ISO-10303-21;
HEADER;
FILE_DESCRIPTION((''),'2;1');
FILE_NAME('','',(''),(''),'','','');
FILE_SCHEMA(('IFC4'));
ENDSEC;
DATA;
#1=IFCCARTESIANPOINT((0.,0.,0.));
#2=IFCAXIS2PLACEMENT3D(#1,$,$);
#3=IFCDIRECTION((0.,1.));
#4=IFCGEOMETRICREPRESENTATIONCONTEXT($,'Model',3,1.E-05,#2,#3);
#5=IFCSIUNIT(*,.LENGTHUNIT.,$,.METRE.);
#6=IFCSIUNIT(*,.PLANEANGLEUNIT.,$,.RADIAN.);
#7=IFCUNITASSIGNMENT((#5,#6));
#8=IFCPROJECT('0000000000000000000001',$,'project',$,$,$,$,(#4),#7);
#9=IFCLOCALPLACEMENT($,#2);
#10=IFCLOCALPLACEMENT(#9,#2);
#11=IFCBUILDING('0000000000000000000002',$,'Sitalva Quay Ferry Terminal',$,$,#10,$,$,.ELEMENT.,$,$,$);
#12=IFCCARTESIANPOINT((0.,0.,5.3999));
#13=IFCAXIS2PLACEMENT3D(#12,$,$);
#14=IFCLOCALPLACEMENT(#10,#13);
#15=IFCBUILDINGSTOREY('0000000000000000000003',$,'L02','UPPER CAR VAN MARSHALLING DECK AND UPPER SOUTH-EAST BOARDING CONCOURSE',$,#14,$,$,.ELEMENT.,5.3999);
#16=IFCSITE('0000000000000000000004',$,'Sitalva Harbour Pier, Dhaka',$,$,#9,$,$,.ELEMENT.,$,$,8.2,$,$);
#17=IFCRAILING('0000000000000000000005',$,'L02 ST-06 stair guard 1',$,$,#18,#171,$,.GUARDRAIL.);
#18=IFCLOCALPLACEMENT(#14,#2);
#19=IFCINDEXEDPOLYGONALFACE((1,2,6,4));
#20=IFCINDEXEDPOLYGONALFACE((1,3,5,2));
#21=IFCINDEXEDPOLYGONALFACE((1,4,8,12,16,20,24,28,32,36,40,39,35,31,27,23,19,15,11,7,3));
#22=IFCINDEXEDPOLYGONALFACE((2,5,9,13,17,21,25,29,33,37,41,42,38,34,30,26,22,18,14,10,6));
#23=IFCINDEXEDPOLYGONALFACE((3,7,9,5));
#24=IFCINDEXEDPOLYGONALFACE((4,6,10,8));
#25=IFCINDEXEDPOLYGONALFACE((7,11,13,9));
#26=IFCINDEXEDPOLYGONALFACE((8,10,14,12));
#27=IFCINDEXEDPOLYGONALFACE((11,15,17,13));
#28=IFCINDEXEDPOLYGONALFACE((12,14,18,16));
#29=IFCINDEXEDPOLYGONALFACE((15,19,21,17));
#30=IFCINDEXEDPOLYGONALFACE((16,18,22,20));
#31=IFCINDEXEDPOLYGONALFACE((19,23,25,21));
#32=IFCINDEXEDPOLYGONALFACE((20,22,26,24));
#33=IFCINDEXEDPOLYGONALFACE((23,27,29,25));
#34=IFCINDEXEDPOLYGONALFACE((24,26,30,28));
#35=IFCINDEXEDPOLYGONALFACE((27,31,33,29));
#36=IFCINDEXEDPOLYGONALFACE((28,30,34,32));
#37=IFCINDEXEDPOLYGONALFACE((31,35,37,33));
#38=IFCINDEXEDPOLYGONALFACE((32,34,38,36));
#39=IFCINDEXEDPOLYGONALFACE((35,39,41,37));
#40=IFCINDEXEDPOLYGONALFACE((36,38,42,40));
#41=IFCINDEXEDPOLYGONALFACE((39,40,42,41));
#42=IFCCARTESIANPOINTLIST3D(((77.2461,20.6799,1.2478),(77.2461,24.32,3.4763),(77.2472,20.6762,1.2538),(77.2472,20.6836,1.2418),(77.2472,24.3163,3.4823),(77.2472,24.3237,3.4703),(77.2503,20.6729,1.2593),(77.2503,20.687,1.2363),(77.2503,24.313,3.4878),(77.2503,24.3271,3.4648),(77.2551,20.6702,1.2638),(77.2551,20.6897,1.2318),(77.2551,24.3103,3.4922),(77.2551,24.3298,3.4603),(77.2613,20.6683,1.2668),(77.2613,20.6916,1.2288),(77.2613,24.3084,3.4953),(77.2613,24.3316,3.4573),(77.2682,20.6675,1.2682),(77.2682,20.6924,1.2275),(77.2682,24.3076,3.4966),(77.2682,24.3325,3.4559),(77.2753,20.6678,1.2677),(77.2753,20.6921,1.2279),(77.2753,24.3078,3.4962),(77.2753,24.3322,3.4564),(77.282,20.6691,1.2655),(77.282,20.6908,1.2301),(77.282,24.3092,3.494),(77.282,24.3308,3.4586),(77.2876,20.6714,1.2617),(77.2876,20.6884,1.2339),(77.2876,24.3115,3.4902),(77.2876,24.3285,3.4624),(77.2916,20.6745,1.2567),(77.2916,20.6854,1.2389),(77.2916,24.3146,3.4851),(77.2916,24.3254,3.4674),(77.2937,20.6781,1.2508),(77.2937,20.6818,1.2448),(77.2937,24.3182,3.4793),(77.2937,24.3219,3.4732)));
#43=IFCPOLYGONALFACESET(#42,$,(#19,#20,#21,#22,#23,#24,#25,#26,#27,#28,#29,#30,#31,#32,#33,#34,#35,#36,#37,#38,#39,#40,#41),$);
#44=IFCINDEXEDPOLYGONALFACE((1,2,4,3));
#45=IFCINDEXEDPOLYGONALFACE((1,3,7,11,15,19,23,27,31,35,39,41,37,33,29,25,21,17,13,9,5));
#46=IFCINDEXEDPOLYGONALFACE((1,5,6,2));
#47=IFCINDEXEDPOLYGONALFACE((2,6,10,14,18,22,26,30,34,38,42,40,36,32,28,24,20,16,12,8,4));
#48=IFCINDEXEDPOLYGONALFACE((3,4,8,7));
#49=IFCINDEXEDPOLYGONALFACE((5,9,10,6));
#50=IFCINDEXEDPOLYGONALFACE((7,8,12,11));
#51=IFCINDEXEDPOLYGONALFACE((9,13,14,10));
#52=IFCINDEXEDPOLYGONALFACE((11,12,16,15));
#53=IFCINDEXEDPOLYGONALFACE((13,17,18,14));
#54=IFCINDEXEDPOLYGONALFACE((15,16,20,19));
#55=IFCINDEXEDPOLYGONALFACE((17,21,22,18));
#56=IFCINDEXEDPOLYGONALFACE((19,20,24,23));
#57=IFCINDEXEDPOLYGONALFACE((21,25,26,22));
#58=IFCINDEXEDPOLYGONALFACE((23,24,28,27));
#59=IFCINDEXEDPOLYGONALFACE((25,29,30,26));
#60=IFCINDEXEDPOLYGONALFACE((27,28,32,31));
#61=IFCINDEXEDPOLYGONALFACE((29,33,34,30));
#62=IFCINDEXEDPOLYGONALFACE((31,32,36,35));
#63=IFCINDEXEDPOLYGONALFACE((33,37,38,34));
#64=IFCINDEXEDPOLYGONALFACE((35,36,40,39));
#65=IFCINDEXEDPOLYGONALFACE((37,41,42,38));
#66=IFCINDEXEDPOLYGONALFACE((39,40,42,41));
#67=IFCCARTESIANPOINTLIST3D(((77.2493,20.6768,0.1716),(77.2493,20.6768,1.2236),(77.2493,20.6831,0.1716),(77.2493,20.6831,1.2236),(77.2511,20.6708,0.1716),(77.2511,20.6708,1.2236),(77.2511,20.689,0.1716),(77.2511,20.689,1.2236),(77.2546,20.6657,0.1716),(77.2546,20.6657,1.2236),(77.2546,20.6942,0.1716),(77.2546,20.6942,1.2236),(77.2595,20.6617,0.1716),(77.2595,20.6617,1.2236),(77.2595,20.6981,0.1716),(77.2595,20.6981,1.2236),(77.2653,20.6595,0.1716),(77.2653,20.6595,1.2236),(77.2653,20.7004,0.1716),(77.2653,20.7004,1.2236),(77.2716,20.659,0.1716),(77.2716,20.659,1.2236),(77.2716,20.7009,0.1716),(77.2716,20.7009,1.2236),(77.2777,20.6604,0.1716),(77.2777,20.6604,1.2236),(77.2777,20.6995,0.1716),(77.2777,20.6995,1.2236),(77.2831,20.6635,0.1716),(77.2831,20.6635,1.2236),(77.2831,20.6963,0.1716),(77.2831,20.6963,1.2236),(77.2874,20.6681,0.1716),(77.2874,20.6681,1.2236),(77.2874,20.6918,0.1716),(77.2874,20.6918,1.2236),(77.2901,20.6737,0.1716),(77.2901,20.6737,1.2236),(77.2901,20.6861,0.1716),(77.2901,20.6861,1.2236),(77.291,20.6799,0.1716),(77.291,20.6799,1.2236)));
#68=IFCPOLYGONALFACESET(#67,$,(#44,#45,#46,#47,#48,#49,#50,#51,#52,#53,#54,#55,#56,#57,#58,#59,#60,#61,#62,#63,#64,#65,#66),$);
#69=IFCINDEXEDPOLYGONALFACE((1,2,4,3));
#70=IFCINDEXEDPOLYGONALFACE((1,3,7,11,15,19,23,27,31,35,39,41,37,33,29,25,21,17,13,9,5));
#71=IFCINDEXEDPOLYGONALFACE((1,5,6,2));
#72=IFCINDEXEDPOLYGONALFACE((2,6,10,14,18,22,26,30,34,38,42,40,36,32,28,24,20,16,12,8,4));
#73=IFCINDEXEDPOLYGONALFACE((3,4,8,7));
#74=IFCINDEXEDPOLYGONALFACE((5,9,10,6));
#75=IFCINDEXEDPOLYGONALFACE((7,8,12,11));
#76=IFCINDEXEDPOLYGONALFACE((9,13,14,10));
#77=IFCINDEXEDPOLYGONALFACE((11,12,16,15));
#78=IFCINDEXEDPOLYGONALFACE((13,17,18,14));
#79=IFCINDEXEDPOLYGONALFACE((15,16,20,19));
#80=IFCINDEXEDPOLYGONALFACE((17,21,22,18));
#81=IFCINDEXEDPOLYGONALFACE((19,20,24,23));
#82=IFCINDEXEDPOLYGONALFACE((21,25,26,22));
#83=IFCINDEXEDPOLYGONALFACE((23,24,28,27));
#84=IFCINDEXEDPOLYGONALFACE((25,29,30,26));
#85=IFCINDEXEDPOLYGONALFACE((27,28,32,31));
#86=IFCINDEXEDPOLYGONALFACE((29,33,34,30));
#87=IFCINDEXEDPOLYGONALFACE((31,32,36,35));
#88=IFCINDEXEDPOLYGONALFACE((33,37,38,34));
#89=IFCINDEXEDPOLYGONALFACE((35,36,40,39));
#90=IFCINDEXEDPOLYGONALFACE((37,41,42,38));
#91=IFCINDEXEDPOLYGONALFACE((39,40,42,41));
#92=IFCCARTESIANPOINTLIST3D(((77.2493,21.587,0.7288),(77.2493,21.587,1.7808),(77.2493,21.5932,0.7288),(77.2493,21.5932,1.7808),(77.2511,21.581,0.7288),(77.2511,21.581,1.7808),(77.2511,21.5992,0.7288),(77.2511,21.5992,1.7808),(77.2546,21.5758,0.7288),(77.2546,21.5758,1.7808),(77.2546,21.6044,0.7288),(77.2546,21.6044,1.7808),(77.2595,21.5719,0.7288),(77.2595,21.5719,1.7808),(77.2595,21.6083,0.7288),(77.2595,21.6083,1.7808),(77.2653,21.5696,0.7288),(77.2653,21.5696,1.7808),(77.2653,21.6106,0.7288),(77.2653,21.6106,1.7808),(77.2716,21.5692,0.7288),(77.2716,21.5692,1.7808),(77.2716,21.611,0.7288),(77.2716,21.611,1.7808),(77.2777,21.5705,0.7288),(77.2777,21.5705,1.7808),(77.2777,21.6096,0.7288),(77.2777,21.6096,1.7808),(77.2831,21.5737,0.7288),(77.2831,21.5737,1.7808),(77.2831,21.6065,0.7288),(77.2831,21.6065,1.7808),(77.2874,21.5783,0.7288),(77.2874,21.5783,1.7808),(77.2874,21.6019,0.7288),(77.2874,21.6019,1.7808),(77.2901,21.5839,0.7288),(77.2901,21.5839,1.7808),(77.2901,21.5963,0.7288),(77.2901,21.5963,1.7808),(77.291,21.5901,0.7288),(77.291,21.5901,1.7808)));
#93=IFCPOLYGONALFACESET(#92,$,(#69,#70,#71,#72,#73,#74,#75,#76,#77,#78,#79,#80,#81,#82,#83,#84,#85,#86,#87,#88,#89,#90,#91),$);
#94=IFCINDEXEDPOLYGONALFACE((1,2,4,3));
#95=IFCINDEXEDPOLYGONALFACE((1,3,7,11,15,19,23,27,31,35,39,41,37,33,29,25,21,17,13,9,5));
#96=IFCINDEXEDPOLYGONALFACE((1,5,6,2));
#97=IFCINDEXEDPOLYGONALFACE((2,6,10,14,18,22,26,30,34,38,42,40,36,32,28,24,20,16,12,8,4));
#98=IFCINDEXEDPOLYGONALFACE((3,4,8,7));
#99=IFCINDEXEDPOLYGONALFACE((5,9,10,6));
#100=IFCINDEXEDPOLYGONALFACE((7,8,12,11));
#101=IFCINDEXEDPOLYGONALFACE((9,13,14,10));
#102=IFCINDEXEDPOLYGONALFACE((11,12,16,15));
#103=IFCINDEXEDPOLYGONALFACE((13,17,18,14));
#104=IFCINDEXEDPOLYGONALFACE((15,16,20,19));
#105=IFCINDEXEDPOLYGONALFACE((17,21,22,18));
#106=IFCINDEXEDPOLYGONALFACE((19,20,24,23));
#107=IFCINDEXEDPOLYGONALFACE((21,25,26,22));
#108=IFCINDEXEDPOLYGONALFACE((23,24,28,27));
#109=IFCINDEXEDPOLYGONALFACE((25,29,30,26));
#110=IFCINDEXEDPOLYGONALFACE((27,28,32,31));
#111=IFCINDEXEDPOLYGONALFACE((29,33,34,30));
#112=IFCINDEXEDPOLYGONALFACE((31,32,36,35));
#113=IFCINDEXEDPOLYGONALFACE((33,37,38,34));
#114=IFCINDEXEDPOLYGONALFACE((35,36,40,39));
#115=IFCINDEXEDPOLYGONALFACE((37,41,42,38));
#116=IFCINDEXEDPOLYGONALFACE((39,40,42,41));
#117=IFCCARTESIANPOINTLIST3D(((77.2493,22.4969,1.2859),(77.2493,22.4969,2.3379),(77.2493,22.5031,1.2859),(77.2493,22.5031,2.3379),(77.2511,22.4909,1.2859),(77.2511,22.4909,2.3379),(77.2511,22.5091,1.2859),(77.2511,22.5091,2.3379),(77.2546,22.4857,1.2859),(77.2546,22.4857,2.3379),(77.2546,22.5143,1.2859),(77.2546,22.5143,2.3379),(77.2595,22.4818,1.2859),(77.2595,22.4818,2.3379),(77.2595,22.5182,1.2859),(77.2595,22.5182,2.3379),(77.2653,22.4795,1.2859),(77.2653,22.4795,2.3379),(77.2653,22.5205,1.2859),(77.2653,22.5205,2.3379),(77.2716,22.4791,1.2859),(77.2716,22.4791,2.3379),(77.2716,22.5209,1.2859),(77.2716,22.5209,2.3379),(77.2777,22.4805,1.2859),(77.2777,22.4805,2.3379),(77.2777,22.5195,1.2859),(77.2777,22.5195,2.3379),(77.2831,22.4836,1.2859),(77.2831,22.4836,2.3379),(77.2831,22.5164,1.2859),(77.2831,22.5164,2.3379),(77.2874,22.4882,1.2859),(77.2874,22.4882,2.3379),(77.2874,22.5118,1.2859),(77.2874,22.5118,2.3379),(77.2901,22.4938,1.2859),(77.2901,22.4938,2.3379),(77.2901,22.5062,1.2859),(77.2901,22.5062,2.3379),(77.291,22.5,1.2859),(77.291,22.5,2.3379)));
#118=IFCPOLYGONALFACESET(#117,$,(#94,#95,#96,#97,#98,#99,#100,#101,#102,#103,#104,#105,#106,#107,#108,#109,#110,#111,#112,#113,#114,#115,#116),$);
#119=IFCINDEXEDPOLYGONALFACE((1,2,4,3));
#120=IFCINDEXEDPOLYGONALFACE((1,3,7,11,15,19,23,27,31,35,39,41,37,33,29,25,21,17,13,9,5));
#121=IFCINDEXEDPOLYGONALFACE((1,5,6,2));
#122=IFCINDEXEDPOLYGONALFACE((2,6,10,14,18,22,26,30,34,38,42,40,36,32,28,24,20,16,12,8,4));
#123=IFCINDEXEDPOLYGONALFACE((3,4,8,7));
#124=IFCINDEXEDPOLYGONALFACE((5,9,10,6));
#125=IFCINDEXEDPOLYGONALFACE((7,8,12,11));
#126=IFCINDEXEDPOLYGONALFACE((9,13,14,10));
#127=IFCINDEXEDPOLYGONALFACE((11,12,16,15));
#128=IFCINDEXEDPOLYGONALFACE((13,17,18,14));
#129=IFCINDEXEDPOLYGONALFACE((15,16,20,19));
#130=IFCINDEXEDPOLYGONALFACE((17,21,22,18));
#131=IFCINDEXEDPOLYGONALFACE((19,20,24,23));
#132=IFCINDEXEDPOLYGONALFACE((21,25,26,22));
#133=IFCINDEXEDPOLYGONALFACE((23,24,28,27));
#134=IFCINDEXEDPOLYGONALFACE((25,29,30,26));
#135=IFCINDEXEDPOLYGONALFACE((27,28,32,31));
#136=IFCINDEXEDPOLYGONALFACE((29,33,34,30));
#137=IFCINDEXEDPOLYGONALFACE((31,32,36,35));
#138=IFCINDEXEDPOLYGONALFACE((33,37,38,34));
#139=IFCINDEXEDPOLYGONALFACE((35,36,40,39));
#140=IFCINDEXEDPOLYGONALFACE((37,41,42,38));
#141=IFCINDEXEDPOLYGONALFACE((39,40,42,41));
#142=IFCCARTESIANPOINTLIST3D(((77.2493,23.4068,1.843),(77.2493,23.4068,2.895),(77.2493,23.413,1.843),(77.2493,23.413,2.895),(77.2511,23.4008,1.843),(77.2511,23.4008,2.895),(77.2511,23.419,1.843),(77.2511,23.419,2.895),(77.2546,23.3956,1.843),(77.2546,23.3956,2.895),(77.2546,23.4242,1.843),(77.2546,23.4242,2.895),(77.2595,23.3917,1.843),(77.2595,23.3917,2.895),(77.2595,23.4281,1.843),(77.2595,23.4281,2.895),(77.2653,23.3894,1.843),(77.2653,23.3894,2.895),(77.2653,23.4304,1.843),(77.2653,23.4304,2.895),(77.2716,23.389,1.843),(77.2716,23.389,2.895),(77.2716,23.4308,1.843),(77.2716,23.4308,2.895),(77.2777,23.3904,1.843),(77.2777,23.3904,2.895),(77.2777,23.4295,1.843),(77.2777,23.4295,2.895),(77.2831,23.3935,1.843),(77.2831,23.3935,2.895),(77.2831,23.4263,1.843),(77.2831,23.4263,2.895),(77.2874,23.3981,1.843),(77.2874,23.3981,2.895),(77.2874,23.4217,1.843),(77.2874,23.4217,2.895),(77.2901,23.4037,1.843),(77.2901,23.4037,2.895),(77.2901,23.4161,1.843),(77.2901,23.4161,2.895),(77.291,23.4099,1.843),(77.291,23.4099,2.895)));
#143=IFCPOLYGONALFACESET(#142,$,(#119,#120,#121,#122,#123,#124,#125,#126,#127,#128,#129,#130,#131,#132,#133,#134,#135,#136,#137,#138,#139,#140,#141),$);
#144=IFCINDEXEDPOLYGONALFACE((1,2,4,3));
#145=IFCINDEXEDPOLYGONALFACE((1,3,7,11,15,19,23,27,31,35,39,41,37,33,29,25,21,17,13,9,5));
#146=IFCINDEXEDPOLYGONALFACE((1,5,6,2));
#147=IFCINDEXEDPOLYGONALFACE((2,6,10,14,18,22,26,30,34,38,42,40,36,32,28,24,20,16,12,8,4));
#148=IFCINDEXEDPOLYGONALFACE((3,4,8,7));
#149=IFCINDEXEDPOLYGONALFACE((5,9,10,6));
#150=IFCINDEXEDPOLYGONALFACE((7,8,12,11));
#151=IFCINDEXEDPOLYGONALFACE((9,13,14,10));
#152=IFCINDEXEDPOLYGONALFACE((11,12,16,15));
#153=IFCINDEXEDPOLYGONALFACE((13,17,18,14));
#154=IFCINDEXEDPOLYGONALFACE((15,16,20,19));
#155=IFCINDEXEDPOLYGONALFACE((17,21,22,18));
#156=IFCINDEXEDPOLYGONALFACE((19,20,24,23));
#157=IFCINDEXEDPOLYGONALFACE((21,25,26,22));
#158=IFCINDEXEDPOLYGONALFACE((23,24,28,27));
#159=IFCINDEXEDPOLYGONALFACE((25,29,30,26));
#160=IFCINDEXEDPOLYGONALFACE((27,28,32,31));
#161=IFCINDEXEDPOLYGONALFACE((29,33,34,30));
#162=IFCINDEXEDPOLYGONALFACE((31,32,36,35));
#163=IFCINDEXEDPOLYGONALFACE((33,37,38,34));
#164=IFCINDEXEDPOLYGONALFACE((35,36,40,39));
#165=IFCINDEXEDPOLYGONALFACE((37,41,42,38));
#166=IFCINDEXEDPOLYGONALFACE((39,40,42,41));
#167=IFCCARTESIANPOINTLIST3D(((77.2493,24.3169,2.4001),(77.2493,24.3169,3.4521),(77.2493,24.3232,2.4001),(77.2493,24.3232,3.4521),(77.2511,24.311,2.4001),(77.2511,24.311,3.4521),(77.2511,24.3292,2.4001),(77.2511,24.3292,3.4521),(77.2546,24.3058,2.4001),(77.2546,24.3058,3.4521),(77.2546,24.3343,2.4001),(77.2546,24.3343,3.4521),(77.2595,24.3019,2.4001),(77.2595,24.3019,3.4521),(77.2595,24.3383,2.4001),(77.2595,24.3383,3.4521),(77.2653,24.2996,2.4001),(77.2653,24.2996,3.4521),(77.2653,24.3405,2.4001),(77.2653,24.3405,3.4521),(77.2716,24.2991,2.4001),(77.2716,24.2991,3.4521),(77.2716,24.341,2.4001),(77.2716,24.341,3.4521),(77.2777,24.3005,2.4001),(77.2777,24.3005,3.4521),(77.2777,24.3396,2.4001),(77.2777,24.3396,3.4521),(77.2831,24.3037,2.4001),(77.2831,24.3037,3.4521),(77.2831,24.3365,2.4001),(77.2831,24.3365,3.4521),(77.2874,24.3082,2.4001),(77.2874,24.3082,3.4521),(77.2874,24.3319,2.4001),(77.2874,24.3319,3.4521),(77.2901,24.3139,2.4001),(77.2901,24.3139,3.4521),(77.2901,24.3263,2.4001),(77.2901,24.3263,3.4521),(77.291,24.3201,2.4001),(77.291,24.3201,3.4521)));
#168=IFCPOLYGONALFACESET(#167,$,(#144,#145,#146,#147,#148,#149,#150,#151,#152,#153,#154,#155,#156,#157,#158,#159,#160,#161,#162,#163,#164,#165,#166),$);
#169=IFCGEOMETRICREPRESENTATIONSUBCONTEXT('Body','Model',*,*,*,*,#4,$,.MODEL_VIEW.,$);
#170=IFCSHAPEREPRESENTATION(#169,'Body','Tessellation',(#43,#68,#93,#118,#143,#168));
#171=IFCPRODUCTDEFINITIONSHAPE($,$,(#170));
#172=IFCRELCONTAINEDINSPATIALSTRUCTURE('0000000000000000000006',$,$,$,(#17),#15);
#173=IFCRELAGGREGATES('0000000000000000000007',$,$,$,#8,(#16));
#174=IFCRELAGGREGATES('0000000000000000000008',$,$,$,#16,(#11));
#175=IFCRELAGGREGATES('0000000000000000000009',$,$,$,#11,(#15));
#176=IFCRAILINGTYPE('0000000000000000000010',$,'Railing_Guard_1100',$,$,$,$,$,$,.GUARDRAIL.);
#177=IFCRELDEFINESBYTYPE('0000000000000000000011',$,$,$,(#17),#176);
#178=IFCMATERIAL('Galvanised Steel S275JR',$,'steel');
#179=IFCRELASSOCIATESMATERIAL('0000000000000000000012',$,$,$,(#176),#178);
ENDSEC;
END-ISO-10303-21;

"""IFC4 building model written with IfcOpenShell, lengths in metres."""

from ifc_helpers import new_model, si_unit, direction, frame, origin, origin_2d, place, context, subcontext, project, spatial, circle, extrude, material, type_object, element, save


model = new_model("IFC4")

# Units and contexts
model_context = context("Model", 3, precision=1e-05, world=origin(), true_north=direction((0.0, 1.0)))
body_context = subcontext(model_context, "Body", "Model", "MODEL_VIEW")
ifc_project = project(units=[si_unit("LENGTHUNIT", "METRE"), si_unit("PLANEANGLEUNIT", "RADIAN")], contexts=[model_context])

# Site, building, storey
site_placement = place(None, origin())
site = spatial("IfcSite", under=ifc_project, at=site_placement, Name="Sitalva Harbour Pier, Dhaka", CompositionType="ELEMENT", RefElevation=8.2)
building_placement = place(site_placement, origin())
building = spatial("IfcBuilding", under=site, at=building_placement, Name="Sitalva Quay Ferry Terminal", CompositionType="ELEMENT")
storey_placement = place(building_placement, frame((0.0, 0.0, 5.3999)))
storey = spatial("IfcBuildingStorey", under=building, at=storey_placement, Name="L02", Description="UPPER CAR VAN MARSHALLING DECK AND UPPER SOUTH-EAST BOARDING CONCOURSE", CompositionType="ELEMENT", Elevation=5.3999)

# Railing
ifc_material_1 = material(Name="Galvanised Steel S275JR", Category="steel")
railing_type_1 = type_object("IfcRailingType", Name="Railing_Guard_1100", PredefinedType="GUARDRAIL", material=ifc_material_1)
railing_1_placement = place(storey_placement, frame((77.27, 20.6799, 0.1716)))
element("IfcRailing", 1, at=railing_1_placement, inside=storey, type_object=railing_type_1, Name="L02 ST-06 stair guard 1", PredefinedType="GUARDRAIL", context=body_context, shape_type="SweptSolid", body=[
    extrude(circle(Radius=0.0239, at=origin_2d()), frame((0.0, 0.0, 1.0762), z_axis=(0.0, 0.852866, 0.52213), x_axis=(-1.0, 0.0, 0.0)), (0.0, 0.0, 1.0), 4.2681),
    extrude(circle(Radius=0.021, at=origin_2d()), origin(), (0.0, 0.0, 1.0), 1.052),
    extrude(circle(Radius=0.021, at=origin_2d()), frame((0.0, 0.9102, 0.5571)), (0.0, 0.0, 1.0), 1.052),
    extrude(circle(Radius=0.021, at=origin_2d()), frame((0.0, 1.8201, 1.1143)), (0.0, 0.0, 1.0), 1.052),
    extrude(circle(Radius=0.021, at=origin_2d()), frame((0.0, 2.73, 1.6714)), (0.0, 0.0, 1.0), 1.052),
    extrude(circle(Radius=0.021, at=origin_2d()), frame((0.0, 3.6401, 2.2285)), (0.0, 0.0, 1.0), 1.052),
])

save(model, "model.ifc")
